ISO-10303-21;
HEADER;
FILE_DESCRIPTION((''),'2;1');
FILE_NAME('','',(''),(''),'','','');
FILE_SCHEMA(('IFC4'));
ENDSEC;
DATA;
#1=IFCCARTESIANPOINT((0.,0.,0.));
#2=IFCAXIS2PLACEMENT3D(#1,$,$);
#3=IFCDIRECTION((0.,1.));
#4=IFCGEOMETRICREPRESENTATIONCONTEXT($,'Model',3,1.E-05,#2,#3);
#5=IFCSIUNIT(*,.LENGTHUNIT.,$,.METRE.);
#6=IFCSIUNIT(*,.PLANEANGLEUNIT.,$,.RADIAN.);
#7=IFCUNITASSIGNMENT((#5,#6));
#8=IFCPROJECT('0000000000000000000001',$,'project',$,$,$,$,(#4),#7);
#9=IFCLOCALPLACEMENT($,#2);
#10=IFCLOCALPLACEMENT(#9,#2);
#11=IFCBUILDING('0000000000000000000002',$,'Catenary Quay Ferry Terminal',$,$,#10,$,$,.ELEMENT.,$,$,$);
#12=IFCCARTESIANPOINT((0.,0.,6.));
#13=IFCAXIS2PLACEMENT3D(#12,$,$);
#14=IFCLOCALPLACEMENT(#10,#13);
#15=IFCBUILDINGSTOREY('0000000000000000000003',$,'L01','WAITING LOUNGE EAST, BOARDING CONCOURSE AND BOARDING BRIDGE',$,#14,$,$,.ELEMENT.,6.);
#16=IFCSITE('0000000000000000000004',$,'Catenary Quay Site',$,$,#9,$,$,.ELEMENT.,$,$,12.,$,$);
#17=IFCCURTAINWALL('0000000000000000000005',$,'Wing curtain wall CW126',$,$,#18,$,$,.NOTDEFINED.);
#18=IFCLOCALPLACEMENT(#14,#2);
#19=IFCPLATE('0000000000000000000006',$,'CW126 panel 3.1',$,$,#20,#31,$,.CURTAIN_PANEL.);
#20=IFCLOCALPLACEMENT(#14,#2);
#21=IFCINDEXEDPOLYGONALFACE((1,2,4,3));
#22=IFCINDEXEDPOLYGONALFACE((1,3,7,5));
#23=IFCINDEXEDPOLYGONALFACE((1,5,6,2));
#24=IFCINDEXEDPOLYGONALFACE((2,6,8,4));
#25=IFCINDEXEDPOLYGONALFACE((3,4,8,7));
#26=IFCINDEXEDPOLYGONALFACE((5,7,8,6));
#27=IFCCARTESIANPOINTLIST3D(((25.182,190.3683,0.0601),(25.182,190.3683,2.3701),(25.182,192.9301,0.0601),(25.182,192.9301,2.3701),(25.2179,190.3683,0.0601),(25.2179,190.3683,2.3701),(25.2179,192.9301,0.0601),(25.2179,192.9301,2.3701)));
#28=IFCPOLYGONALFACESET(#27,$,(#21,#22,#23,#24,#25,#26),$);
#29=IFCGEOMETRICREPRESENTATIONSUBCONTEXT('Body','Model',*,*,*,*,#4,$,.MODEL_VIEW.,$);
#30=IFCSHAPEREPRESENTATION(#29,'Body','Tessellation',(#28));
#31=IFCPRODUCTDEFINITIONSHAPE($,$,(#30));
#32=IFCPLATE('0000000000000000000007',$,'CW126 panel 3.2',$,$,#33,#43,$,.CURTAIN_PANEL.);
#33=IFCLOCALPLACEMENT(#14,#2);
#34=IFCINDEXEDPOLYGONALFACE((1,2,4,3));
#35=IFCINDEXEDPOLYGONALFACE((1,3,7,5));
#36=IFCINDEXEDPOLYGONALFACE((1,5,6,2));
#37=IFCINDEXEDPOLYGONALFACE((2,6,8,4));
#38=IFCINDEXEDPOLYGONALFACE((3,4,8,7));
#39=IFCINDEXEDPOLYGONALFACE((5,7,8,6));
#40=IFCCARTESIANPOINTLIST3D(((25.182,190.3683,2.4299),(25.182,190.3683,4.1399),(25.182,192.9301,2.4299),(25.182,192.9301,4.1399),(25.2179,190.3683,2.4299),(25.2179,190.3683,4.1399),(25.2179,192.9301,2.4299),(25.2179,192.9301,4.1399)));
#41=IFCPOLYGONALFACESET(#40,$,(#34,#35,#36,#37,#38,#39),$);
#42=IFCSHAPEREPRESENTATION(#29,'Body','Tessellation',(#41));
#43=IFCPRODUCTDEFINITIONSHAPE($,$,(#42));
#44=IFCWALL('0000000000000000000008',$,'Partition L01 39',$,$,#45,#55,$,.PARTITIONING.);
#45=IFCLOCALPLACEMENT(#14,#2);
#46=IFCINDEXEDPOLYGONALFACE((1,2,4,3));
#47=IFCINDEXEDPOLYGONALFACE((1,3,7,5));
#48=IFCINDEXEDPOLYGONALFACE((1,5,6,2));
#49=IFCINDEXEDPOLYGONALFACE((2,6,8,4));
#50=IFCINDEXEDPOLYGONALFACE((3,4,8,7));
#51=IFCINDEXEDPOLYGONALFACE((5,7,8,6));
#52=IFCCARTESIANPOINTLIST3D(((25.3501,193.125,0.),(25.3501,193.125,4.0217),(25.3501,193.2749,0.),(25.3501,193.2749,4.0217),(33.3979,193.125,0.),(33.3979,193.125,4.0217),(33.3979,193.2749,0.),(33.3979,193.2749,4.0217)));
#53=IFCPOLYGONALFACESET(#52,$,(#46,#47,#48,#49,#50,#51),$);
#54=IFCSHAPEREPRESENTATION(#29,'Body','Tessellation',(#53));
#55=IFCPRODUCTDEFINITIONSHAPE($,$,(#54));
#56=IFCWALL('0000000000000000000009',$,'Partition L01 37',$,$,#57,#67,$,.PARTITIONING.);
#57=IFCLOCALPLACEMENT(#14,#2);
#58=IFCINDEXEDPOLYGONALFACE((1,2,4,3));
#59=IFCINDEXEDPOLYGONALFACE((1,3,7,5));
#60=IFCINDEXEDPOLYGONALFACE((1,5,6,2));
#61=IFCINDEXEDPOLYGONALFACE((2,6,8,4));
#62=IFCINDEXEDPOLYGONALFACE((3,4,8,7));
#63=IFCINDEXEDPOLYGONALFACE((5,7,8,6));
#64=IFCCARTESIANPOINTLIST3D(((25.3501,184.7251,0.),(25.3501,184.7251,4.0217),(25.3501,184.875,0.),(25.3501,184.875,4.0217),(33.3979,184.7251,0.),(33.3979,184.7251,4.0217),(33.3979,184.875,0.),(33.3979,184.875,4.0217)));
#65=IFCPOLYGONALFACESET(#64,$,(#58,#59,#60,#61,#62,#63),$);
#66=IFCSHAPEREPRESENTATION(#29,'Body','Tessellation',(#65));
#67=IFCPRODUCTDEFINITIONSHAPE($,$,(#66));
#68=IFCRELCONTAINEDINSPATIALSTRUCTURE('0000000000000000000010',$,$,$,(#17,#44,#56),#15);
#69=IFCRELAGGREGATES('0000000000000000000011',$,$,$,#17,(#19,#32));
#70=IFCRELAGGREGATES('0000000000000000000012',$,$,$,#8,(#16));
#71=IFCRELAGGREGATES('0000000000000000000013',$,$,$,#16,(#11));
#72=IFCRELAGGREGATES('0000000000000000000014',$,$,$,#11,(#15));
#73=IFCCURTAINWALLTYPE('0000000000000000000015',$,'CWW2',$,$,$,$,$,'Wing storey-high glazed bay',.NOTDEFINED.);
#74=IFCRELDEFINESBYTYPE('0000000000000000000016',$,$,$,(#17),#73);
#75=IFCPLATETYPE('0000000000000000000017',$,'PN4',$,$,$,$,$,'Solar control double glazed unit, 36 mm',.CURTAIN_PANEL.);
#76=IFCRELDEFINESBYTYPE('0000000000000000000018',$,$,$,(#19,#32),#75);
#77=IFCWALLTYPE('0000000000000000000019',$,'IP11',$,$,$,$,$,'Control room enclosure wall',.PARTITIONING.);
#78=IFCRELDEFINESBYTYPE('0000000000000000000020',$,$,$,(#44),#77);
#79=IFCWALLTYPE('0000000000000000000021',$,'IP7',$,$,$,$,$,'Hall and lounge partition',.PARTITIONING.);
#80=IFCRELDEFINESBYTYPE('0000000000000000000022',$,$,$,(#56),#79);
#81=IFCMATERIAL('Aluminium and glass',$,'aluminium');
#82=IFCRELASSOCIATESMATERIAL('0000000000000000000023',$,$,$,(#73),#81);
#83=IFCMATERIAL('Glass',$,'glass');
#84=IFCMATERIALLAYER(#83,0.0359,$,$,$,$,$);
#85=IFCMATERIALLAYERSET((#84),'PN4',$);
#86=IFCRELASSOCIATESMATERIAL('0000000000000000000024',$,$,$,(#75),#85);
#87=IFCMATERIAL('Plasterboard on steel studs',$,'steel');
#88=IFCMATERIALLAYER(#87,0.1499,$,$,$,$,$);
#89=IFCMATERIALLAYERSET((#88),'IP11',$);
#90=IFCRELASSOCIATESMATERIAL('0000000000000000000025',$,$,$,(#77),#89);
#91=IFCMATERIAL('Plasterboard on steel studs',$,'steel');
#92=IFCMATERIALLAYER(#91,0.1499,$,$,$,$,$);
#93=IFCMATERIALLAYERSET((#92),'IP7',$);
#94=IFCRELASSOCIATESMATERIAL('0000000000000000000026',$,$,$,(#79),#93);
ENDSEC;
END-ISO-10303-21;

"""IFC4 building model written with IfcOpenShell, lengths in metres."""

from ifc_helpers import new_model, si_unit, direction, frame, frame_2d, origin, origin_2d, place, context, subcontext, project, spatial, rectangle, extrude, material, layer, layer_set, type_object, element, aggregate, save


model = new_model("IFC4")

# Units and contexts
model_context = context("Model", 3, precision=1e-05, world=origin(), true_north=direction((0.0, 1.0)))
body_context = subcontext(model_context, "Body", "Model", "MODEL_VIEW")
ifc_project = project(units=[si_unit("LENGTHUNIT", "METRE"), si_unit("PLANEANGLEUNIT", "RADIAN")], contexts=[model_context])

# Site, building, storey
site_placement = place(None, origin())
site = spatial("IfcSite", under=ifc_project, at=site_placement, Name="Catenary Quay Site", CompositionType="ELEMENT", RefElevation=12.0)
building_placement = place(site_placement, origin())
building = spatial("IfcBuilding", under=site, at=building_placement, Name="Catenary Quay Ferry Terminal", CompositionType="ELEMENT")
storey_placement = place(building_placement, frame((0.0, 0.0, 6.0)))
storey = spatial("IfcBuildingStorey", under=building, at=storey_placement, Name="L01", Description="WAITING LOUNGE EAST, BOARDING CONCOURSE AND BOARDING BRIDGE", CompositionType="ELEMENT", Elevation=6.0)

# Curtain wall, plates
ifc_material_1 = material(Name="Aluminium and glass", Category="aluminium")
curtain_wall_type = type_object("IfcCurtainWallType", Name="CWW2", ElementType="Wing storey-high glazed bay", PredefinedType="NOTDEFINED", material=ifc_material_1)
curtain_wall_placement = place(storey_placement, origin())
curtain_wall = element("IfcCurtainWall", 1, at=curtain_wall_placement, inside=storey, type_object=curtain_wall_type, Name="Wing curtain wall CW126", PredefinedType="NOTDEFINED")
ifc_material_2 = material(Name="Glass", Category="glass")
ifc_layer_1 = layer(ifc_material_2, 0.0359)
ifc_layer_set_1 = layer_set([ifc_layer_1], Name="PN4")
plate_type = type_object("IfcPlateType", Name="PN4", ElementType="Solar control double glazed unit, 36 mm", PredefinedType="CURTAIN_PANEL", material=ifc_layer_set_1)
plate_1_placement = place(storey_placement, frame((25.2, 191.6492, 0.0601), z_axis=(0.0, 0.0, 1.0), x_axis=(0.0, 1.0, 0.0)))
plate_1 = element("IfcPlate", 2, at=plate_1_placement, type_object=plate_type, Name="CW126 panel 3.1", PredefinedType="CURTAIN_PANEL", context=body_context, shape_type="SweptSolid", body=[
    extrude(rectangle(XDim=2.5618, YDim=0.0359, at=origin_2d()), origin(), (0.0, 0.0, 1.0), 2.3101),
])
plate_2_placement = place(storey_placement, frame((25.2, 191.6492, 2.4299), z_axis=(0.0, 0.0, 1.0), x_axis=(0.0, 1.0, 0.0)))
plate_2 = element("IfcPlate", 3, at=plate_2_placement, type_object=plate_type, Name="CW126 panel 3.2", PredefinedType="CURTAIN_PANEL", context=body_context, shape_type="SweptSolid", body=[
    extrude(rectangle(XDim=2.5618, YDim=0.0359, at=origin_2d()), origin(), (0.0, 0.0, 1.0), 1.71),
])
aggregate(curtain_wall, [plate_1, plate_2])

# Walls
ifc_material_3 = material(Name="Plasterboard on steel studs", Category="steel")
ifc_layer_2 = layer(ifc_material_3, 0.1499)
ifc_layer_set_2 = layer_set([ifc_layer_2], Name="IP11")
wall_type_1 = type_object("IfcWallType", Name="IP11", ElementType="Control room enclosure wall", PredefinedType="PARTITIONING", material=ifc_layer_set_2)
wall_1_placement = place(storey_placement, frame((25.3501, 193.2, 0.0), z_axis=(0.0, 0.0, 1.0), x_axis=(1.0, 0.0, 0.0)))
element("IfcWall", 4, at=wall_1_placement, inside=storey, type_object=wall_type_1, Name="Partition L01 39", PredefinedType="PARTITIONING", context=body_context, shape_type="SweptSolid", body=[
    extrude(rectangle(XDim=8.0479, YDim=0.1499, at=frame_2d((4.0239, 0.0))), origin(), (0.0, 0.0, 1.0), 4.0217),
])
ifc_material_4 = material(Name="Plasterboard on steel studs", Category="steel")
ifc_layer_3 = layer(ifc_material_4, 0.1499)
ifc_layer_set_3 = layer_set([ifc_layer_3], Name="IP7")
wall_type_2 = type_object("IfcWallType", Name="IP7", ElementType="Hall and lounge partition", PredefinedType="PARTITIONING", material=ifc_layer_set_3)
wall_2_placement = place(storey_placement, frame((25.3501, 184.8, 0.0), z_axis=(0.0, 0.0, 1.0), x_axis=(1.0, 0.0, 0.0)))
element("IfcWall", 5, at=wall_2_placement, inside=storey, type_object=wall_type_2, Name="Partition L01 37", PredefinedType="PARTITIONING", context=body_context, shape_type="SweptSolid", body=[
    extrude(rectangle(XDim=8.0479, YDim=0.1499, at=frame_2d((4.0239, 0.0))), origin(), (0.0, 0.0, 1.0), 4.0217),
])

save(model, "model.ifc")
